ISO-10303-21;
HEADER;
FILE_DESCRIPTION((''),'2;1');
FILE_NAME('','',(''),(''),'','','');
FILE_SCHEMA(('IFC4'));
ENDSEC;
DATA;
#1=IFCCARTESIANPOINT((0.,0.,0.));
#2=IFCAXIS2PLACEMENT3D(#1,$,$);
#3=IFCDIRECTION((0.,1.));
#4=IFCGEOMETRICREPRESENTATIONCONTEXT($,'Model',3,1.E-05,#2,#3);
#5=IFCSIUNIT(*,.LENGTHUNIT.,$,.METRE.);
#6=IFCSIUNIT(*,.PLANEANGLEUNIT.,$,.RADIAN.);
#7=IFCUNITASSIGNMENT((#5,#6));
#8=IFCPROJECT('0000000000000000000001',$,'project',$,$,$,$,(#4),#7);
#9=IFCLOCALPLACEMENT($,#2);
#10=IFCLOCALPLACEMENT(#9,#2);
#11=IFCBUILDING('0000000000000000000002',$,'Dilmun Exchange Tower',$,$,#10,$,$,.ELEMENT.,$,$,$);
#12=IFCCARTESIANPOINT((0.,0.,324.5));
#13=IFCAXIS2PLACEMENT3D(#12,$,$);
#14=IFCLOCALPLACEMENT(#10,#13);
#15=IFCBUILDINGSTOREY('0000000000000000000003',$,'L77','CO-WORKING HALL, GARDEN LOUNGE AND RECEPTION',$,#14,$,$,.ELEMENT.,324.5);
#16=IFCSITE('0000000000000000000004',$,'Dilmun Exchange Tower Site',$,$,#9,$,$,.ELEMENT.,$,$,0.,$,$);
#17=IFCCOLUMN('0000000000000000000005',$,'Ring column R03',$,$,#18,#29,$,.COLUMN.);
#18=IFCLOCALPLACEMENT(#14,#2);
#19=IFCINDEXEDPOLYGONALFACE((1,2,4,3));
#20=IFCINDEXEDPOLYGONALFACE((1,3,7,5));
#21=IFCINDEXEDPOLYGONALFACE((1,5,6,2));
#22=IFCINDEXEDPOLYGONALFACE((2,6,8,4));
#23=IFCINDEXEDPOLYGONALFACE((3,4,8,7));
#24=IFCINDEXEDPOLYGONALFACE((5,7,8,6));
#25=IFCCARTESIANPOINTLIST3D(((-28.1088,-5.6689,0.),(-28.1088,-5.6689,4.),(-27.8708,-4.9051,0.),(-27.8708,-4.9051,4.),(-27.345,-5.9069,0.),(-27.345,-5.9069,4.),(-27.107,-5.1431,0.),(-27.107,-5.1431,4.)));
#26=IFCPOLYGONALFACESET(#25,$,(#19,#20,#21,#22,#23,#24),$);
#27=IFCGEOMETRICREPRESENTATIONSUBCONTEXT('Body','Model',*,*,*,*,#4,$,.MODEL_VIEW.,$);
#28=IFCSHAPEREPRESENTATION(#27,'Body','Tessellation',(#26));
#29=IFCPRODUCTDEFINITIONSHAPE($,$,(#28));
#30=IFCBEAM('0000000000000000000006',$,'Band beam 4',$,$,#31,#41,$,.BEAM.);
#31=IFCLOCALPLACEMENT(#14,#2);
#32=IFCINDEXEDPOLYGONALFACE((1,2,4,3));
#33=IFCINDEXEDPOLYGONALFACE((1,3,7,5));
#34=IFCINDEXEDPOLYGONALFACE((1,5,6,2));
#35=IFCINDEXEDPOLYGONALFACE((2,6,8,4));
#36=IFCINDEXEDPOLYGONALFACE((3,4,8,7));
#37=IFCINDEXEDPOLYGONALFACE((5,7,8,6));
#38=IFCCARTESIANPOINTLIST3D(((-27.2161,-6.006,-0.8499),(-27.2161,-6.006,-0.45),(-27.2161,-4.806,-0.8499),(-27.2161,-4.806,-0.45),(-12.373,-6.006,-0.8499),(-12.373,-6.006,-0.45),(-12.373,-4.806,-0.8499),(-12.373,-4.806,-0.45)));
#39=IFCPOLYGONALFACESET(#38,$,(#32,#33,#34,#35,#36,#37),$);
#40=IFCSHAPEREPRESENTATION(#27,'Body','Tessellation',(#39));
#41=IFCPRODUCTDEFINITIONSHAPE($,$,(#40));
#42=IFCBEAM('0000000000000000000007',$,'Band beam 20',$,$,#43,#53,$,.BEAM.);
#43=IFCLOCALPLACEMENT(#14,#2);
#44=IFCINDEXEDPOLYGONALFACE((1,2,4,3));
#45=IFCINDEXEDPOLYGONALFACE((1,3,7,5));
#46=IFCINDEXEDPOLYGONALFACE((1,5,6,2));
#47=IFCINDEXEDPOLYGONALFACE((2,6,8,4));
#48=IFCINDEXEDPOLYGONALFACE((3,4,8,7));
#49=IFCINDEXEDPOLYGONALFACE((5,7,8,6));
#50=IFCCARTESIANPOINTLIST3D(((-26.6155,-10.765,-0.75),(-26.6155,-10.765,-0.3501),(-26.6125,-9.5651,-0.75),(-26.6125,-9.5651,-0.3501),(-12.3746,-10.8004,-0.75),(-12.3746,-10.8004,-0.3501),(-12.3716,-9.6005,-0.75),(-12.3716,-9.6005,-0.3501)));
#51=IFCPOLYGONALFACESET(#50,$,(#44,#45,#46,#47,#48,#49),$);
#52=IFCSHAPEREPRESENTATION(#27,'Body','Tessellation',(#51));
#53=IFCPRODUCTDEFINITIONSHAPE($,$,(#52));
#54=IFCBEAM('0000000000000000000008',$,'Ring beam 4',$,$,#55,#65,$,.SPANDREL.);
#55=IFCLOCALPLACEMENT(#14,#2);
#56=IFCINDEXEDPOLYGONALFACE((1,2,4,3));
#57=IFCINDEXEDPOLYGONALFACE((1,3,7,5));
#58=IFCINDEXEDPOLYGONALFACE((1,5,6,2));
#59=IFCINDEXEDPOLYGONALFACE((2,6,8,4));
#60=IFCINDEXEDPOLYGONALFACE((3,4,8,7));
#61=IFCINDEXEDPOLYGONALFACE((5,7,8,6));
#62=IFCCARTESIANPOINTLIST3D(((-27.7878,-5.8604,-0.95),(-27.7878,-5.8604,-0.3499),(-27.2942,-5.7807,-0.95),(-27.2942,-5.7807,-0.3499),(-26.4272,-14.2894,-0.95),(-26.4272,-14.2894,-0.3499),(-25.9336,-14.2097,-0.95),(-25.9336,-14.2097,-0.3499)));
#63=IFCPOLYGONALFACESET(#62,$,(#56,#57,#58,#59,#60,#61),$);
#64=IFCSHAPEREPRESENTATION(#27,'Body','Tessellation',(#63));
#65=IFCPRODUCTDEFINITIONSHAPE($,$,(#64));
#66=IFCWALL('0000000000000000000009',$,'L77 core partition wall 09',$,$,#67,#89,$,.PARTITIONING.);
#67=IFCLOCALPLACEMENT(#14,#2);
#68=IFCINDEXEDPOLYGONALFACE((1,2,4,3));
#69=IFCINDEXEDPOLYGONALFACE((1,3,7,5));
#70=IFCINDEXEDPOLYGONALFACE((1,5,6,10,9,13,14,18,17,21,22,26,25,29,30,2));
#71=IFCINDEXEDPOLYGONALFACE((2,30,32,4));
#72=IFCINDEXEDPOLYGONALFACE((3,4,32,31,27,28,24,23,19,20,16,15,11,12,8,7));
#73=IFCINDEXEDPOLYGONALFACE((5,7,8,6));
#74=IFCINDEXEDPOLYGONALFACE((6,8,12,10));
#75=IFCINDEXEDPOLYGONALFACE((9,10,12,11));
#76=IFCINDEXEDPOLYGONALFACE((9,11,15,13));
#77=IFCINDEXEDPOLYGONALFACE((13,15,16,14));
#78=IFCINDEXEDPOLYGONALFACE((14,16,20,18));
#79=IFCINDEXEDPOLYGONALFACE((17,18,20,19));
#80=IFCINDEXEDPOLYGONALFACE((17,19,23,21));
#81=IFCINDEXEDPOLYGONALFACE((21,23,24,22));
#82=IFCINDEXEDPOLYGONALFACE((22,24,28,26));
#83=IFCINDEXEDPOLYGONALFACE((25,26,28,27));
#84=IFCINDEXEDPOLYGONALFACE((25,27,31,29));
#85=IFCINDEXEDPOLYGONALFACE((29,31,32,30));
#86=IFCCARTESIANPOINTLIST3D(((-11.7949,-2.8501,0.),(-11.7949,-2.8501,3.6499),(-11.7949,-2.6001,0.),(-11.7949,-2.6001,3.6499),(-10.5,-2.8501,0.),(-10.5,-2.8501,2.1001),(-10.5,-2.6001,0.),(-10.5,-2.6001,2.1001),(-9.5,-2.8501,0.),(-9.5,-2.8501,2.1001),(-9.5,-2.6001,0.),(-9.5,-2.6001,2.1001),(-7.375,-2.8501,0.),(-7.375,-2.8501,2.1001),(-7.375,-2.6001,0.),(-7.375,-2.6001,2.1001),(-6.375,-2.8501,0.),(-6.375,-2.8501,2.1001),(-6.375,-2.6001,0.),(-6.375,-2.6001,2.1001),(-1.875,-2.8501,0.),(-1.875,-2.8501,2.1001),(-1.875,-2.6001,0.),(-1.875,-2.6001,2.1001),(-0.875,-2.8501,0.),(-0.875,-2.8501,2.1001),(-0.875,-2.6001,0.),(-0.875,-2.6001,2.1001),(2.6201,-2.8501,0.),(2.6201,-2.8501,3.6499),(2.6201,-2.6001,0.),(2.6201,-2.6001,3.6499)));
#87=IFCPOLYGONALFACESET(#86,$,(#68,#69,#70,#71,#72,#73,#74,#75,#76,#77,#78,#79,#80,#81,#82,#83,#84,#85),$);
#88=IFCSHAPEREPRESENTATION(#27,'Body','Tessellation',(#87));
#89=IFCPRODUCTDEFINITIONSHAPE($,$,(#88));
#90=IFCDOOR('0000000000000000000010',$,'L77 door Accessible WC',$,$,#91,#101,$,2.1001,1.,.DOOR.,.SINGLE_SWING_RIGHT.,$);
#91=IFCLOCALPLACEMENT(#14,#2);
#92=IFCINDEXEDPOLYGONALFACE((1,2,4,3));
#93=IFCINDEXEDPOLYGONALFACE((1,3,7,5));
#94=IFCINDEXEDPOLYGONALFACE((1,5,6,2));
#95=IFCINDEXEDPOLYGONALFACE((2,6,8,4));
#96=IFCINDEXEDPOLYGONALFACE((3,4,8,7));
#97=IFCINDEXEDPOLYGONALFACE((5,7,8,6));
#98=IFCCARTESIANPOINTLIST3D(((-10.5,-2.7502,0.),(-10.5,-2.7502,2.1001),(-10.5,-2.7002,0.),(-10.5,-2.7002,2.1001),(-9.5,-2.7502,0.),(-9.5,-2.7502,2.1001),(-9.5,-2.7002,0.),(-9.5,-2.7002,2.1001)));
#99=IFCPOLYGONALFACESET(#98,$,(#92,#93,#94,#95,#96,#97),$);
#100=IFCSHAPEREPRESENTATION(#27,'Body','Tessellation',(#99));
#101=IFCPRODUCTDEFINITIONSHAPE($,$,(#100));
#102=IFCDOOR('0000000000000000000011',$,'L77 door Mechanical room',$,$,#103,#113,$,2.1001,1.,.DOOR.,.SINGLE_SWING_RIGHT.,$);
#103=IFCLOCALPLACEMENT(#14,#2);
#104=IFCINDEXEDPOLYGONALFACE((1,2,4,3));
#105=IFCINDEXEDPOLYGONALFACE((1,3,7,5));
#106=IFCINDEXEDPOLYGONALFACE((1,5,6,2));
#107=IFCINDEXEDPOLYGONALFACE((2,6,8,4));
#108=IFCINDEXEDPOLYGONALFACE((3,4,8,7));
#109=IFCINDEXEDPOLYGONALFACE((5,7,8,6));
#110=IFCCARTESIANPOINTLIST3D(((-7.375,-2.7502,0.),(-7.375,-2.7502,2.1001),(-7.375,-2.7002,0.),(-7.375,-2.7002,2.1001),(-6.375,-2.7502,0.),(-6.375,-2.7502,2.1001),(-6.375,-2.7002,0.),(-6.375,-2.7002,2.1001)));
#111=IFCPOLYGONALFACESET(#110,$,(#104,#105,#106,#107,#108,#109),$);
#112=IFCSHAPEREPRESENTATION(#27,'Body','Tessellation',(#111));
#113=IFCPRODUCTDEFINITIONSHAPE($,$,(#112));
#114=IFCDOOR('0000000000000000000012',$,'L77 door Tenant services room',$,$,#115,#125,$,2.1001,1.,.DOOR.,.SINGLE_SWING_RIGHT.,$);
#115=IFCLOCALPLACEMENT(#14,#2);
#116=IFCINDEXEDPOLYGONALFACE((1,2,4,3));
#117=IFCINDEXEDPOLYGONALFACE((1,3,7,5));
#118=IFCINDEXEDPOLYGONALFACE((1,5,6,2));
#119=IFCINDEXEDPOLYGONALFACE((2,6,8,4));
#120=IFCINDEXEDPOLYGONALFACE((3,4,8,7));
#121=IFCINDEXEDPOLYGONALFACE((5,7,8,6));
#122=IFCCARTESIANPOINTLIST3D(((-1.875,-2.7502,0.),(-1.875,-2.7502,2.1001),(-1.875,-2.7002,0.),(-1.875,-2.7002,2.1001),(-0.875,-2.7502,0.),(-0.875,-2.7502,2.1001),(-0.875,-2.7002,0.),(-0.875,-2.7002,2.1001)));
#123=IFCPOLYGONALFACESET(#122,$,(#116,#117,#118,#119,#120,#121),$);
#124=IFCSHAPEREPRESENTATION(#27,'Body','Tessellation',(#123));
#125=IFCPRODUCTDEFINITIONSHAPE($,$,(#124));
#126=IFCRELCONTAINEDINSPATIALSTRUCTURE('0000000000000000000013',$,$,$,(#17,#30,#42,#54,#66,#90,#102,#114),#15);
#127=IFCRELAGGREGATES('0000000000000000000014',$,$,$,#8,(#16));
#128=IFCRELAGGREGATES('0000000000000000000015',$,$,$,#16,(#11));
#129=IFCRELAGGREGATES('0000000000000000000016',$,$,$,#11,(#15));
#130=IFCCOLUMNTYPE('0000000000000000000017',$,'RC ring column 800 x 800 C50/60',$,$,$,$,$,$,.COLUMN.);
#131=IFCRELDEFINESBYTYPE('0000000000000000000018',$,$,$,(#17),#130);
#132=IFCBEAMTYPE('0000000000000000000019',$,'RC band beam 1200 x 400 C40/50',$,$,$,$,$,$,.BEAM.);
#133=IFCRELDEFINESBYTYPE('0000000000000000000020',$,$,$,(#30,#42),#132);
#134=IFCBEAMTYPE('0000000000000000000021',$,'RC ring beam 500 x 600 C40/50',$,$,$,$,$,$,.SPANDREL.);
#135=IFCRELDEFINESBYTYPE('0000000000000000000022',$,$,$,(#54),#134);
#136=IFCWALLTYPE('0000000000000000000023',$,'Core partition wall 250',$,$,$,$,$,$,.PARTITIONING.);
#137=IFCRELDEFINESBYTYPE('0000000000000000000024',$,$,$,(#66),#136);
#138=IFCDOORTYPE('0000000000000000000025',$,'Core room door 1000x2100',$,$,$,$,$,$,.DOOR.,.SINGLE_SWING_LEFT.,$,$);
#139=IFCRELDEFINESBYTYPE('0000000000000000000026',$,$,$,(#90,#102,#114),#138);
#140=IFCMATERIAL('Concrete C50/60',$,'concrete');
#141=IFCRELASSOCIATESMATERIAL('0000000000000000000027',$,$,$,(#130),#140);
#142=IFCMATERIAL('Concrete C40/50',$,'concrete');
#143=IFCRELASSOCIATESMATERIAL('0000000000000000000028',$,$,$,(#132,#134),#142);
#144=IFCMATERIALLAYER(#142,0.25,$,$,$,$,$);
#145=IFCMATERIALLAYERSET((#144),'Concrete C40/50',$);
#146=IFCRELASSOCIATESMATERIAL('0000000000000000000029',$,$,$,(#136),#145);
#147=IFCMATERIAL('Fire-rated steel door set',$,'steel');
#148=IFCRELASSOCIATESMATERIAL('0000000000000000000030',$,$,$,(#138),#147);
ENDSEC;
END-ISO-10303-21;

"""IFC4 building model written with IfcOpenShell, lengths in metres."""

from ifc_helpers import new_model, si_unit, direction, frame, frame_2d, origin, origin_2d, place, context, subcontext, project, spatial, rectangle, extrude, material, layer, layer_set, material_profile, profile_set, type_object, element, fill, save


model = new_model("IFC4")

# Units and contexts
model_context = context("Model", 3, precision=1e-05, world=origin(), true_north=direction((0.0, 1.0)))
body_context = subcontext(model_context, "Body", "Model", "MODEL_VIEW")
ifc_project = project(units=[si_unit("LENGTHUNIT", "METRE"), si_unit("PLANEANGLEUNIT", "RADIAN")], contexts=[model_context])

# Site, building, storey
site_placement = place(None, origin())
site = spatial("IfcSite", under=ifc_project, at=site_placement, Name="Dilmun Exchange Tower Site", CompositionType="ELEMENT", RefElevation=0.0)
building_placement = place(site_placement, origin())
building = spatial("IfcBuilding", under=site, at=building_placement, Name="Dilmun Exchange Tower", CompositionType="ELEMENT")
storey_placement = place(building_placement, frame((0.0, 0.0, 324.5)))
storey = spatial("IfcBuildingStorey", under=building, at=storey_placement, Name="L77", Description="CO-WORKING HALL, GARDEN LOUNGE AND RECEPTION", CompositionType="ELEMENT", Elevation=324.5)

# Column
ifc_material_1 = material(Name="Concrete C50/60", Category="concrete")
ifc_material_profile_1 = material_profile(ifc_material_1, rectangle(XDim=0.8, YDim=0.8, at=origin_2d()), Name="800 x 800")
ifc_profile_set_1 = profile_set([ifc_material_profile_1], Name="Concrete C50/60")
column_type = type_object("IfcColumnType", Name="RC ring column 800 x 800 C50/60", PredefinedType="COLUMN", material=ifc_profile_set_1)
column_placement = place(storey_placement, frame((-27.6079, -5.406, 0.0), z_axis=(0.0, 0.0, 1.0), x_axis=(0.297503, 0.954721, 0.0)))
element("IfcColumn", 1, at=column_placement, inside=storey, type_object=column_type, Name="Ring column R03", PredefinedType="COLUMN", context=body_context, shape_type="SweptSolid", body=[
    extrude(rectangle(XDim=0.8, YDim=0.8, at=origin_2d()), origin(), (0.0, 0.0, 1.0), 4.0),
])

# Beams
ifc_material_2 = material(Name="Concrete C40/50", Category="concrete")
ifc_material_profile_2 = material_profile(ifc_material_2, rectangle(XDim=1.2, YDim=0.3999, at=origin_2d()), Name="1200 x 400")
ifc_profile_set_2 = profile_set([ifc_material_profile_2], Name="Concrete C40/50")
beam_type_1 = type_object("IfcBeamType", Name="RC band beam 1200 x 400 C40/50", PredefinedType="BEAM", material=ifc_profile_set_2)
beam_1_placement = place(storey_placement, frame((-27.2161, -5.406, -0.6499), z_axis=(1.0, 0.0, 0.0), x_axis=(0.0, 1.0, 0.0)))
element("IfcBeam", 2, at=beam_1_placement, inside=storey, type_object=beam_type_1, Name="Band beam 4", PredefinedType="BEAM", context=body_context, shape_type="SweptSolid", body=[
    extrude(rectangle(XDim=1.2, YDim=0.3999, at=origin_2d()), origin(), (0.0, 0.0, 1.0), 14.843),
])
beam_2_placement = place(storey_placement, frame((-26.614, -10.165, -0.55), z_axis=(0.999997, -0.002486, 0.0), x_axis=(0.002486, 0.999997, 0.0)))
element("IfcBeam", 3, at=beam_2_placement, inside=storey, type_object=beam_type_1, Name="Band beam 20", PredefinedType="BEAM", context=body_context, shape_type="SweptSolid", body=[
    extrude(rectangle(XDim=1.2, YDim=0.3999, at=origin_2d()), origin(), (0.0, 0.0, 1.0), 14.241),
])
ifc_material_profile_3 = material_profile(ifc_material_2, rectangle(XDim=0.5, YDim=0.6001, at=origin_2d()), Name="500 x 600")
ifc_profile_set_3 = profile_set([ifc_material_profile_3], Name="Concrete C40/50")
beam_type_2 = type_object("IfcBeamType", Name="RC ring beam 500 x 600 C40/50", PredefinedType="SPANDREL", material=ifc_profile_set_3)
beam_3_placement = place(storey_placement, frame((-27.541, -5.8206, -0.6499), z_axis=(0.159357, -0.987221, 0.0), x_axis=(0.987221, 0.159357, 0.0)))
element("IfcBeam", 4, at=beam_3_placement, inside=storey, type_object=beam_type_2, Name="Ring beam 4", PredefinedType="SPANDREL", context=body_context, shape_type="SweptSolid", body=[
    extrude(rectangle(XDim=0.5, YDim=0.6001, at=origin_2d()), origin(), (0.0, 0.0, 1.0), 8.5381),
])

# Wall, openings, doors
ifc_layer_1 = layer(ifc_material_2, 0.25)
ifc_layer_set_1 = layer_set([ifc_layer_1], Name="Concrete C40/50")
wall_type_1 = type_object("IfcWallType", Name="Core partition wall 250", PredefinedType="PARTITIONING", material=ifc_layer_set_1)
wall_1_placement = place(storey_placement, frame((-11.7949, -2.7251, 0.0), z_axis=(0.0, 0.0, 1.0), x_axis=(1.0, 0.0, 0.0)))
wall_1 = element("IfcWall", 5, at=wall_1_placement, inside=storey, type_object=wall_type_1, Name="L77 core partition wall 09", PredefinedType="PARTITIONING", context=body_context, shape_type="SweptSolid", body=[
    extrude(rectangle(XDim=14.415, YDim=0.25, at=frame_2d((7.2075, 0.0))), origin(), (0.0, 0.0, 1.0), 3.6499),
])
opening_1_placement = place(wall_1_placement, frame((1.2949, 0.0, 0.0)))
opening_1 = element("IfcOpeningElement", 6, at=opening_1_placement, cuts=wall_1, PredefinedType="OPENING", context=body_context, shape_type="SweptSolid", body=[
    extrude(rectangle(XDim=1.0, YDim=2.1001, at=frame_2d((0.5, 1.05))), frame((0.0, 0.135, 0.0), z_axis=(0.0, -1.0, 0.0), x_axis=(1.0, 0.0, 0.0)), (0.0, 0.0, 1.0), 0.27),
])
opening_2_placement = place(wall_1_placement, frame((4.4199, 0.0, 0.0)))
opening_2 = element("IfcOpeningElement", 7, at=opening_2_placement, cuts=wall_1, PredefinedType="OPENING", context=body_context, shape_type="SweptSolid", body=[
    extrude(rectangle(XDim=1.0, YDim=2.1001, at=frame_2d((0.5, 1.05))), frame((0.0, 0.135, 0.0), z_axis=(0.0, -1.0, 0.0), x_axis=(1.0, 0.0, 0.0)), (0.0, 0.0, 1.0), 0.27),
])
opening_3_placement = place(wall_1_placement, frame((9.9199, 0.0, 0.0)))
opening_3 = element("IfcOpeningElement", 8, at=opening_3_placement, cuts=wall_1, PredefinedType="OPENING", context=body_context, shape_type="SweptSolid", body=[
    extrude(rectangle(XDim=1.0, YDim=2.1001, at=frame_2d((0.5, 1.05))), frame((0.0, 0.135, 0.0), z_axis=(0.0, -1.0, 0.0), x_axis=(1.0, 0.0, 0.0)), (0.0, 0.0, 1.0), 0.27),
])
ifc_material_3 = material(Name="Fire-rated steel door set", Category="steel")
door_type_1 = type_object("IfcDoorType", Name="Core room door 1000x2100", OperationType="SINGLE_SWING_LEFT", PredefinedType="DOOR", material=ifc_material_3)
door_1_placement = place(opening_1_placement, origin())
door_1 = element("IfcDoor", 9, at=door_1_placement, inside=storey, type_object=door_type_1, Name="L77 door Accessible WC", OperationType="SINGLE_SWING_RIGHT", OverallHeight=2.1001, OverallWidth=1.0, PredefinedType="DOOR", context=body_context, shape_type="SweptSolid", body=[
    extrude(rectangle(XDim=1.0, YDim=2.1001, at=frame_2d((0.5, 1.05))), frame((0.0, 0.0249, 0.0), z_axis=(0.0, -1.0, 0.0), x_axis=(1.0, 0.0, 0.0)), (0.0, 0.0, 1.0), 0.05),
])
fill(opening_1, door_1)
door_2_placement = place(opening_2_placement, origin())
door_2 = element("IfcDoor", 10, at=door_2_placement, inside=storey, type_object=door_type_1, Name="L77 door Mechanical room", OperationType="SINGLE_SWING_RIGHT", OverallHeight=2.1001, OverallWidth=1.0, PredefinedType="DOOR", context=body_context, shape_type="SweptSolid", body=[
    extrude(rectangle(XDim=1.0, YDim=2.1001, at=frame_2d((0.5, 1.05))), frame((0.0, 0.0249, 0.0), z_axis=(0.0, -1.0, 0.0), x_axis=(1.0, 0.0, 0.0)), (0.0, 0.0, 1.0), 0.05),
])
fill(opening_2, door_2)
door_3_placement = place(opening_3_placement, origin())
door_3 = element("IfcDoor", 11, at=door_3_placement, inside=storey, type_object=door_type_1, Name="L77 door Tenant services room", OperationType="SINGLE_SWING_RIGHT", OverallHeight=2.1001, OverallWidth=1.0, PredefinedType="DOOR", context=body_context, shape_type="SweptSolid", body=[
    extrude(rectangle(XDim=1.0, YDim=2.1001, at=frame_2d((0.5, 1.05))), frame((0.0, 0.0249, 0.0), z_axis=(0.0, -1.0, 0.0), x_axis=(1.0, 0.0, 0.0)), (0.0, 0.0, 1.0), 0.05),
])
fill(opening_3, door_3)

save(model, "model.ifc")
